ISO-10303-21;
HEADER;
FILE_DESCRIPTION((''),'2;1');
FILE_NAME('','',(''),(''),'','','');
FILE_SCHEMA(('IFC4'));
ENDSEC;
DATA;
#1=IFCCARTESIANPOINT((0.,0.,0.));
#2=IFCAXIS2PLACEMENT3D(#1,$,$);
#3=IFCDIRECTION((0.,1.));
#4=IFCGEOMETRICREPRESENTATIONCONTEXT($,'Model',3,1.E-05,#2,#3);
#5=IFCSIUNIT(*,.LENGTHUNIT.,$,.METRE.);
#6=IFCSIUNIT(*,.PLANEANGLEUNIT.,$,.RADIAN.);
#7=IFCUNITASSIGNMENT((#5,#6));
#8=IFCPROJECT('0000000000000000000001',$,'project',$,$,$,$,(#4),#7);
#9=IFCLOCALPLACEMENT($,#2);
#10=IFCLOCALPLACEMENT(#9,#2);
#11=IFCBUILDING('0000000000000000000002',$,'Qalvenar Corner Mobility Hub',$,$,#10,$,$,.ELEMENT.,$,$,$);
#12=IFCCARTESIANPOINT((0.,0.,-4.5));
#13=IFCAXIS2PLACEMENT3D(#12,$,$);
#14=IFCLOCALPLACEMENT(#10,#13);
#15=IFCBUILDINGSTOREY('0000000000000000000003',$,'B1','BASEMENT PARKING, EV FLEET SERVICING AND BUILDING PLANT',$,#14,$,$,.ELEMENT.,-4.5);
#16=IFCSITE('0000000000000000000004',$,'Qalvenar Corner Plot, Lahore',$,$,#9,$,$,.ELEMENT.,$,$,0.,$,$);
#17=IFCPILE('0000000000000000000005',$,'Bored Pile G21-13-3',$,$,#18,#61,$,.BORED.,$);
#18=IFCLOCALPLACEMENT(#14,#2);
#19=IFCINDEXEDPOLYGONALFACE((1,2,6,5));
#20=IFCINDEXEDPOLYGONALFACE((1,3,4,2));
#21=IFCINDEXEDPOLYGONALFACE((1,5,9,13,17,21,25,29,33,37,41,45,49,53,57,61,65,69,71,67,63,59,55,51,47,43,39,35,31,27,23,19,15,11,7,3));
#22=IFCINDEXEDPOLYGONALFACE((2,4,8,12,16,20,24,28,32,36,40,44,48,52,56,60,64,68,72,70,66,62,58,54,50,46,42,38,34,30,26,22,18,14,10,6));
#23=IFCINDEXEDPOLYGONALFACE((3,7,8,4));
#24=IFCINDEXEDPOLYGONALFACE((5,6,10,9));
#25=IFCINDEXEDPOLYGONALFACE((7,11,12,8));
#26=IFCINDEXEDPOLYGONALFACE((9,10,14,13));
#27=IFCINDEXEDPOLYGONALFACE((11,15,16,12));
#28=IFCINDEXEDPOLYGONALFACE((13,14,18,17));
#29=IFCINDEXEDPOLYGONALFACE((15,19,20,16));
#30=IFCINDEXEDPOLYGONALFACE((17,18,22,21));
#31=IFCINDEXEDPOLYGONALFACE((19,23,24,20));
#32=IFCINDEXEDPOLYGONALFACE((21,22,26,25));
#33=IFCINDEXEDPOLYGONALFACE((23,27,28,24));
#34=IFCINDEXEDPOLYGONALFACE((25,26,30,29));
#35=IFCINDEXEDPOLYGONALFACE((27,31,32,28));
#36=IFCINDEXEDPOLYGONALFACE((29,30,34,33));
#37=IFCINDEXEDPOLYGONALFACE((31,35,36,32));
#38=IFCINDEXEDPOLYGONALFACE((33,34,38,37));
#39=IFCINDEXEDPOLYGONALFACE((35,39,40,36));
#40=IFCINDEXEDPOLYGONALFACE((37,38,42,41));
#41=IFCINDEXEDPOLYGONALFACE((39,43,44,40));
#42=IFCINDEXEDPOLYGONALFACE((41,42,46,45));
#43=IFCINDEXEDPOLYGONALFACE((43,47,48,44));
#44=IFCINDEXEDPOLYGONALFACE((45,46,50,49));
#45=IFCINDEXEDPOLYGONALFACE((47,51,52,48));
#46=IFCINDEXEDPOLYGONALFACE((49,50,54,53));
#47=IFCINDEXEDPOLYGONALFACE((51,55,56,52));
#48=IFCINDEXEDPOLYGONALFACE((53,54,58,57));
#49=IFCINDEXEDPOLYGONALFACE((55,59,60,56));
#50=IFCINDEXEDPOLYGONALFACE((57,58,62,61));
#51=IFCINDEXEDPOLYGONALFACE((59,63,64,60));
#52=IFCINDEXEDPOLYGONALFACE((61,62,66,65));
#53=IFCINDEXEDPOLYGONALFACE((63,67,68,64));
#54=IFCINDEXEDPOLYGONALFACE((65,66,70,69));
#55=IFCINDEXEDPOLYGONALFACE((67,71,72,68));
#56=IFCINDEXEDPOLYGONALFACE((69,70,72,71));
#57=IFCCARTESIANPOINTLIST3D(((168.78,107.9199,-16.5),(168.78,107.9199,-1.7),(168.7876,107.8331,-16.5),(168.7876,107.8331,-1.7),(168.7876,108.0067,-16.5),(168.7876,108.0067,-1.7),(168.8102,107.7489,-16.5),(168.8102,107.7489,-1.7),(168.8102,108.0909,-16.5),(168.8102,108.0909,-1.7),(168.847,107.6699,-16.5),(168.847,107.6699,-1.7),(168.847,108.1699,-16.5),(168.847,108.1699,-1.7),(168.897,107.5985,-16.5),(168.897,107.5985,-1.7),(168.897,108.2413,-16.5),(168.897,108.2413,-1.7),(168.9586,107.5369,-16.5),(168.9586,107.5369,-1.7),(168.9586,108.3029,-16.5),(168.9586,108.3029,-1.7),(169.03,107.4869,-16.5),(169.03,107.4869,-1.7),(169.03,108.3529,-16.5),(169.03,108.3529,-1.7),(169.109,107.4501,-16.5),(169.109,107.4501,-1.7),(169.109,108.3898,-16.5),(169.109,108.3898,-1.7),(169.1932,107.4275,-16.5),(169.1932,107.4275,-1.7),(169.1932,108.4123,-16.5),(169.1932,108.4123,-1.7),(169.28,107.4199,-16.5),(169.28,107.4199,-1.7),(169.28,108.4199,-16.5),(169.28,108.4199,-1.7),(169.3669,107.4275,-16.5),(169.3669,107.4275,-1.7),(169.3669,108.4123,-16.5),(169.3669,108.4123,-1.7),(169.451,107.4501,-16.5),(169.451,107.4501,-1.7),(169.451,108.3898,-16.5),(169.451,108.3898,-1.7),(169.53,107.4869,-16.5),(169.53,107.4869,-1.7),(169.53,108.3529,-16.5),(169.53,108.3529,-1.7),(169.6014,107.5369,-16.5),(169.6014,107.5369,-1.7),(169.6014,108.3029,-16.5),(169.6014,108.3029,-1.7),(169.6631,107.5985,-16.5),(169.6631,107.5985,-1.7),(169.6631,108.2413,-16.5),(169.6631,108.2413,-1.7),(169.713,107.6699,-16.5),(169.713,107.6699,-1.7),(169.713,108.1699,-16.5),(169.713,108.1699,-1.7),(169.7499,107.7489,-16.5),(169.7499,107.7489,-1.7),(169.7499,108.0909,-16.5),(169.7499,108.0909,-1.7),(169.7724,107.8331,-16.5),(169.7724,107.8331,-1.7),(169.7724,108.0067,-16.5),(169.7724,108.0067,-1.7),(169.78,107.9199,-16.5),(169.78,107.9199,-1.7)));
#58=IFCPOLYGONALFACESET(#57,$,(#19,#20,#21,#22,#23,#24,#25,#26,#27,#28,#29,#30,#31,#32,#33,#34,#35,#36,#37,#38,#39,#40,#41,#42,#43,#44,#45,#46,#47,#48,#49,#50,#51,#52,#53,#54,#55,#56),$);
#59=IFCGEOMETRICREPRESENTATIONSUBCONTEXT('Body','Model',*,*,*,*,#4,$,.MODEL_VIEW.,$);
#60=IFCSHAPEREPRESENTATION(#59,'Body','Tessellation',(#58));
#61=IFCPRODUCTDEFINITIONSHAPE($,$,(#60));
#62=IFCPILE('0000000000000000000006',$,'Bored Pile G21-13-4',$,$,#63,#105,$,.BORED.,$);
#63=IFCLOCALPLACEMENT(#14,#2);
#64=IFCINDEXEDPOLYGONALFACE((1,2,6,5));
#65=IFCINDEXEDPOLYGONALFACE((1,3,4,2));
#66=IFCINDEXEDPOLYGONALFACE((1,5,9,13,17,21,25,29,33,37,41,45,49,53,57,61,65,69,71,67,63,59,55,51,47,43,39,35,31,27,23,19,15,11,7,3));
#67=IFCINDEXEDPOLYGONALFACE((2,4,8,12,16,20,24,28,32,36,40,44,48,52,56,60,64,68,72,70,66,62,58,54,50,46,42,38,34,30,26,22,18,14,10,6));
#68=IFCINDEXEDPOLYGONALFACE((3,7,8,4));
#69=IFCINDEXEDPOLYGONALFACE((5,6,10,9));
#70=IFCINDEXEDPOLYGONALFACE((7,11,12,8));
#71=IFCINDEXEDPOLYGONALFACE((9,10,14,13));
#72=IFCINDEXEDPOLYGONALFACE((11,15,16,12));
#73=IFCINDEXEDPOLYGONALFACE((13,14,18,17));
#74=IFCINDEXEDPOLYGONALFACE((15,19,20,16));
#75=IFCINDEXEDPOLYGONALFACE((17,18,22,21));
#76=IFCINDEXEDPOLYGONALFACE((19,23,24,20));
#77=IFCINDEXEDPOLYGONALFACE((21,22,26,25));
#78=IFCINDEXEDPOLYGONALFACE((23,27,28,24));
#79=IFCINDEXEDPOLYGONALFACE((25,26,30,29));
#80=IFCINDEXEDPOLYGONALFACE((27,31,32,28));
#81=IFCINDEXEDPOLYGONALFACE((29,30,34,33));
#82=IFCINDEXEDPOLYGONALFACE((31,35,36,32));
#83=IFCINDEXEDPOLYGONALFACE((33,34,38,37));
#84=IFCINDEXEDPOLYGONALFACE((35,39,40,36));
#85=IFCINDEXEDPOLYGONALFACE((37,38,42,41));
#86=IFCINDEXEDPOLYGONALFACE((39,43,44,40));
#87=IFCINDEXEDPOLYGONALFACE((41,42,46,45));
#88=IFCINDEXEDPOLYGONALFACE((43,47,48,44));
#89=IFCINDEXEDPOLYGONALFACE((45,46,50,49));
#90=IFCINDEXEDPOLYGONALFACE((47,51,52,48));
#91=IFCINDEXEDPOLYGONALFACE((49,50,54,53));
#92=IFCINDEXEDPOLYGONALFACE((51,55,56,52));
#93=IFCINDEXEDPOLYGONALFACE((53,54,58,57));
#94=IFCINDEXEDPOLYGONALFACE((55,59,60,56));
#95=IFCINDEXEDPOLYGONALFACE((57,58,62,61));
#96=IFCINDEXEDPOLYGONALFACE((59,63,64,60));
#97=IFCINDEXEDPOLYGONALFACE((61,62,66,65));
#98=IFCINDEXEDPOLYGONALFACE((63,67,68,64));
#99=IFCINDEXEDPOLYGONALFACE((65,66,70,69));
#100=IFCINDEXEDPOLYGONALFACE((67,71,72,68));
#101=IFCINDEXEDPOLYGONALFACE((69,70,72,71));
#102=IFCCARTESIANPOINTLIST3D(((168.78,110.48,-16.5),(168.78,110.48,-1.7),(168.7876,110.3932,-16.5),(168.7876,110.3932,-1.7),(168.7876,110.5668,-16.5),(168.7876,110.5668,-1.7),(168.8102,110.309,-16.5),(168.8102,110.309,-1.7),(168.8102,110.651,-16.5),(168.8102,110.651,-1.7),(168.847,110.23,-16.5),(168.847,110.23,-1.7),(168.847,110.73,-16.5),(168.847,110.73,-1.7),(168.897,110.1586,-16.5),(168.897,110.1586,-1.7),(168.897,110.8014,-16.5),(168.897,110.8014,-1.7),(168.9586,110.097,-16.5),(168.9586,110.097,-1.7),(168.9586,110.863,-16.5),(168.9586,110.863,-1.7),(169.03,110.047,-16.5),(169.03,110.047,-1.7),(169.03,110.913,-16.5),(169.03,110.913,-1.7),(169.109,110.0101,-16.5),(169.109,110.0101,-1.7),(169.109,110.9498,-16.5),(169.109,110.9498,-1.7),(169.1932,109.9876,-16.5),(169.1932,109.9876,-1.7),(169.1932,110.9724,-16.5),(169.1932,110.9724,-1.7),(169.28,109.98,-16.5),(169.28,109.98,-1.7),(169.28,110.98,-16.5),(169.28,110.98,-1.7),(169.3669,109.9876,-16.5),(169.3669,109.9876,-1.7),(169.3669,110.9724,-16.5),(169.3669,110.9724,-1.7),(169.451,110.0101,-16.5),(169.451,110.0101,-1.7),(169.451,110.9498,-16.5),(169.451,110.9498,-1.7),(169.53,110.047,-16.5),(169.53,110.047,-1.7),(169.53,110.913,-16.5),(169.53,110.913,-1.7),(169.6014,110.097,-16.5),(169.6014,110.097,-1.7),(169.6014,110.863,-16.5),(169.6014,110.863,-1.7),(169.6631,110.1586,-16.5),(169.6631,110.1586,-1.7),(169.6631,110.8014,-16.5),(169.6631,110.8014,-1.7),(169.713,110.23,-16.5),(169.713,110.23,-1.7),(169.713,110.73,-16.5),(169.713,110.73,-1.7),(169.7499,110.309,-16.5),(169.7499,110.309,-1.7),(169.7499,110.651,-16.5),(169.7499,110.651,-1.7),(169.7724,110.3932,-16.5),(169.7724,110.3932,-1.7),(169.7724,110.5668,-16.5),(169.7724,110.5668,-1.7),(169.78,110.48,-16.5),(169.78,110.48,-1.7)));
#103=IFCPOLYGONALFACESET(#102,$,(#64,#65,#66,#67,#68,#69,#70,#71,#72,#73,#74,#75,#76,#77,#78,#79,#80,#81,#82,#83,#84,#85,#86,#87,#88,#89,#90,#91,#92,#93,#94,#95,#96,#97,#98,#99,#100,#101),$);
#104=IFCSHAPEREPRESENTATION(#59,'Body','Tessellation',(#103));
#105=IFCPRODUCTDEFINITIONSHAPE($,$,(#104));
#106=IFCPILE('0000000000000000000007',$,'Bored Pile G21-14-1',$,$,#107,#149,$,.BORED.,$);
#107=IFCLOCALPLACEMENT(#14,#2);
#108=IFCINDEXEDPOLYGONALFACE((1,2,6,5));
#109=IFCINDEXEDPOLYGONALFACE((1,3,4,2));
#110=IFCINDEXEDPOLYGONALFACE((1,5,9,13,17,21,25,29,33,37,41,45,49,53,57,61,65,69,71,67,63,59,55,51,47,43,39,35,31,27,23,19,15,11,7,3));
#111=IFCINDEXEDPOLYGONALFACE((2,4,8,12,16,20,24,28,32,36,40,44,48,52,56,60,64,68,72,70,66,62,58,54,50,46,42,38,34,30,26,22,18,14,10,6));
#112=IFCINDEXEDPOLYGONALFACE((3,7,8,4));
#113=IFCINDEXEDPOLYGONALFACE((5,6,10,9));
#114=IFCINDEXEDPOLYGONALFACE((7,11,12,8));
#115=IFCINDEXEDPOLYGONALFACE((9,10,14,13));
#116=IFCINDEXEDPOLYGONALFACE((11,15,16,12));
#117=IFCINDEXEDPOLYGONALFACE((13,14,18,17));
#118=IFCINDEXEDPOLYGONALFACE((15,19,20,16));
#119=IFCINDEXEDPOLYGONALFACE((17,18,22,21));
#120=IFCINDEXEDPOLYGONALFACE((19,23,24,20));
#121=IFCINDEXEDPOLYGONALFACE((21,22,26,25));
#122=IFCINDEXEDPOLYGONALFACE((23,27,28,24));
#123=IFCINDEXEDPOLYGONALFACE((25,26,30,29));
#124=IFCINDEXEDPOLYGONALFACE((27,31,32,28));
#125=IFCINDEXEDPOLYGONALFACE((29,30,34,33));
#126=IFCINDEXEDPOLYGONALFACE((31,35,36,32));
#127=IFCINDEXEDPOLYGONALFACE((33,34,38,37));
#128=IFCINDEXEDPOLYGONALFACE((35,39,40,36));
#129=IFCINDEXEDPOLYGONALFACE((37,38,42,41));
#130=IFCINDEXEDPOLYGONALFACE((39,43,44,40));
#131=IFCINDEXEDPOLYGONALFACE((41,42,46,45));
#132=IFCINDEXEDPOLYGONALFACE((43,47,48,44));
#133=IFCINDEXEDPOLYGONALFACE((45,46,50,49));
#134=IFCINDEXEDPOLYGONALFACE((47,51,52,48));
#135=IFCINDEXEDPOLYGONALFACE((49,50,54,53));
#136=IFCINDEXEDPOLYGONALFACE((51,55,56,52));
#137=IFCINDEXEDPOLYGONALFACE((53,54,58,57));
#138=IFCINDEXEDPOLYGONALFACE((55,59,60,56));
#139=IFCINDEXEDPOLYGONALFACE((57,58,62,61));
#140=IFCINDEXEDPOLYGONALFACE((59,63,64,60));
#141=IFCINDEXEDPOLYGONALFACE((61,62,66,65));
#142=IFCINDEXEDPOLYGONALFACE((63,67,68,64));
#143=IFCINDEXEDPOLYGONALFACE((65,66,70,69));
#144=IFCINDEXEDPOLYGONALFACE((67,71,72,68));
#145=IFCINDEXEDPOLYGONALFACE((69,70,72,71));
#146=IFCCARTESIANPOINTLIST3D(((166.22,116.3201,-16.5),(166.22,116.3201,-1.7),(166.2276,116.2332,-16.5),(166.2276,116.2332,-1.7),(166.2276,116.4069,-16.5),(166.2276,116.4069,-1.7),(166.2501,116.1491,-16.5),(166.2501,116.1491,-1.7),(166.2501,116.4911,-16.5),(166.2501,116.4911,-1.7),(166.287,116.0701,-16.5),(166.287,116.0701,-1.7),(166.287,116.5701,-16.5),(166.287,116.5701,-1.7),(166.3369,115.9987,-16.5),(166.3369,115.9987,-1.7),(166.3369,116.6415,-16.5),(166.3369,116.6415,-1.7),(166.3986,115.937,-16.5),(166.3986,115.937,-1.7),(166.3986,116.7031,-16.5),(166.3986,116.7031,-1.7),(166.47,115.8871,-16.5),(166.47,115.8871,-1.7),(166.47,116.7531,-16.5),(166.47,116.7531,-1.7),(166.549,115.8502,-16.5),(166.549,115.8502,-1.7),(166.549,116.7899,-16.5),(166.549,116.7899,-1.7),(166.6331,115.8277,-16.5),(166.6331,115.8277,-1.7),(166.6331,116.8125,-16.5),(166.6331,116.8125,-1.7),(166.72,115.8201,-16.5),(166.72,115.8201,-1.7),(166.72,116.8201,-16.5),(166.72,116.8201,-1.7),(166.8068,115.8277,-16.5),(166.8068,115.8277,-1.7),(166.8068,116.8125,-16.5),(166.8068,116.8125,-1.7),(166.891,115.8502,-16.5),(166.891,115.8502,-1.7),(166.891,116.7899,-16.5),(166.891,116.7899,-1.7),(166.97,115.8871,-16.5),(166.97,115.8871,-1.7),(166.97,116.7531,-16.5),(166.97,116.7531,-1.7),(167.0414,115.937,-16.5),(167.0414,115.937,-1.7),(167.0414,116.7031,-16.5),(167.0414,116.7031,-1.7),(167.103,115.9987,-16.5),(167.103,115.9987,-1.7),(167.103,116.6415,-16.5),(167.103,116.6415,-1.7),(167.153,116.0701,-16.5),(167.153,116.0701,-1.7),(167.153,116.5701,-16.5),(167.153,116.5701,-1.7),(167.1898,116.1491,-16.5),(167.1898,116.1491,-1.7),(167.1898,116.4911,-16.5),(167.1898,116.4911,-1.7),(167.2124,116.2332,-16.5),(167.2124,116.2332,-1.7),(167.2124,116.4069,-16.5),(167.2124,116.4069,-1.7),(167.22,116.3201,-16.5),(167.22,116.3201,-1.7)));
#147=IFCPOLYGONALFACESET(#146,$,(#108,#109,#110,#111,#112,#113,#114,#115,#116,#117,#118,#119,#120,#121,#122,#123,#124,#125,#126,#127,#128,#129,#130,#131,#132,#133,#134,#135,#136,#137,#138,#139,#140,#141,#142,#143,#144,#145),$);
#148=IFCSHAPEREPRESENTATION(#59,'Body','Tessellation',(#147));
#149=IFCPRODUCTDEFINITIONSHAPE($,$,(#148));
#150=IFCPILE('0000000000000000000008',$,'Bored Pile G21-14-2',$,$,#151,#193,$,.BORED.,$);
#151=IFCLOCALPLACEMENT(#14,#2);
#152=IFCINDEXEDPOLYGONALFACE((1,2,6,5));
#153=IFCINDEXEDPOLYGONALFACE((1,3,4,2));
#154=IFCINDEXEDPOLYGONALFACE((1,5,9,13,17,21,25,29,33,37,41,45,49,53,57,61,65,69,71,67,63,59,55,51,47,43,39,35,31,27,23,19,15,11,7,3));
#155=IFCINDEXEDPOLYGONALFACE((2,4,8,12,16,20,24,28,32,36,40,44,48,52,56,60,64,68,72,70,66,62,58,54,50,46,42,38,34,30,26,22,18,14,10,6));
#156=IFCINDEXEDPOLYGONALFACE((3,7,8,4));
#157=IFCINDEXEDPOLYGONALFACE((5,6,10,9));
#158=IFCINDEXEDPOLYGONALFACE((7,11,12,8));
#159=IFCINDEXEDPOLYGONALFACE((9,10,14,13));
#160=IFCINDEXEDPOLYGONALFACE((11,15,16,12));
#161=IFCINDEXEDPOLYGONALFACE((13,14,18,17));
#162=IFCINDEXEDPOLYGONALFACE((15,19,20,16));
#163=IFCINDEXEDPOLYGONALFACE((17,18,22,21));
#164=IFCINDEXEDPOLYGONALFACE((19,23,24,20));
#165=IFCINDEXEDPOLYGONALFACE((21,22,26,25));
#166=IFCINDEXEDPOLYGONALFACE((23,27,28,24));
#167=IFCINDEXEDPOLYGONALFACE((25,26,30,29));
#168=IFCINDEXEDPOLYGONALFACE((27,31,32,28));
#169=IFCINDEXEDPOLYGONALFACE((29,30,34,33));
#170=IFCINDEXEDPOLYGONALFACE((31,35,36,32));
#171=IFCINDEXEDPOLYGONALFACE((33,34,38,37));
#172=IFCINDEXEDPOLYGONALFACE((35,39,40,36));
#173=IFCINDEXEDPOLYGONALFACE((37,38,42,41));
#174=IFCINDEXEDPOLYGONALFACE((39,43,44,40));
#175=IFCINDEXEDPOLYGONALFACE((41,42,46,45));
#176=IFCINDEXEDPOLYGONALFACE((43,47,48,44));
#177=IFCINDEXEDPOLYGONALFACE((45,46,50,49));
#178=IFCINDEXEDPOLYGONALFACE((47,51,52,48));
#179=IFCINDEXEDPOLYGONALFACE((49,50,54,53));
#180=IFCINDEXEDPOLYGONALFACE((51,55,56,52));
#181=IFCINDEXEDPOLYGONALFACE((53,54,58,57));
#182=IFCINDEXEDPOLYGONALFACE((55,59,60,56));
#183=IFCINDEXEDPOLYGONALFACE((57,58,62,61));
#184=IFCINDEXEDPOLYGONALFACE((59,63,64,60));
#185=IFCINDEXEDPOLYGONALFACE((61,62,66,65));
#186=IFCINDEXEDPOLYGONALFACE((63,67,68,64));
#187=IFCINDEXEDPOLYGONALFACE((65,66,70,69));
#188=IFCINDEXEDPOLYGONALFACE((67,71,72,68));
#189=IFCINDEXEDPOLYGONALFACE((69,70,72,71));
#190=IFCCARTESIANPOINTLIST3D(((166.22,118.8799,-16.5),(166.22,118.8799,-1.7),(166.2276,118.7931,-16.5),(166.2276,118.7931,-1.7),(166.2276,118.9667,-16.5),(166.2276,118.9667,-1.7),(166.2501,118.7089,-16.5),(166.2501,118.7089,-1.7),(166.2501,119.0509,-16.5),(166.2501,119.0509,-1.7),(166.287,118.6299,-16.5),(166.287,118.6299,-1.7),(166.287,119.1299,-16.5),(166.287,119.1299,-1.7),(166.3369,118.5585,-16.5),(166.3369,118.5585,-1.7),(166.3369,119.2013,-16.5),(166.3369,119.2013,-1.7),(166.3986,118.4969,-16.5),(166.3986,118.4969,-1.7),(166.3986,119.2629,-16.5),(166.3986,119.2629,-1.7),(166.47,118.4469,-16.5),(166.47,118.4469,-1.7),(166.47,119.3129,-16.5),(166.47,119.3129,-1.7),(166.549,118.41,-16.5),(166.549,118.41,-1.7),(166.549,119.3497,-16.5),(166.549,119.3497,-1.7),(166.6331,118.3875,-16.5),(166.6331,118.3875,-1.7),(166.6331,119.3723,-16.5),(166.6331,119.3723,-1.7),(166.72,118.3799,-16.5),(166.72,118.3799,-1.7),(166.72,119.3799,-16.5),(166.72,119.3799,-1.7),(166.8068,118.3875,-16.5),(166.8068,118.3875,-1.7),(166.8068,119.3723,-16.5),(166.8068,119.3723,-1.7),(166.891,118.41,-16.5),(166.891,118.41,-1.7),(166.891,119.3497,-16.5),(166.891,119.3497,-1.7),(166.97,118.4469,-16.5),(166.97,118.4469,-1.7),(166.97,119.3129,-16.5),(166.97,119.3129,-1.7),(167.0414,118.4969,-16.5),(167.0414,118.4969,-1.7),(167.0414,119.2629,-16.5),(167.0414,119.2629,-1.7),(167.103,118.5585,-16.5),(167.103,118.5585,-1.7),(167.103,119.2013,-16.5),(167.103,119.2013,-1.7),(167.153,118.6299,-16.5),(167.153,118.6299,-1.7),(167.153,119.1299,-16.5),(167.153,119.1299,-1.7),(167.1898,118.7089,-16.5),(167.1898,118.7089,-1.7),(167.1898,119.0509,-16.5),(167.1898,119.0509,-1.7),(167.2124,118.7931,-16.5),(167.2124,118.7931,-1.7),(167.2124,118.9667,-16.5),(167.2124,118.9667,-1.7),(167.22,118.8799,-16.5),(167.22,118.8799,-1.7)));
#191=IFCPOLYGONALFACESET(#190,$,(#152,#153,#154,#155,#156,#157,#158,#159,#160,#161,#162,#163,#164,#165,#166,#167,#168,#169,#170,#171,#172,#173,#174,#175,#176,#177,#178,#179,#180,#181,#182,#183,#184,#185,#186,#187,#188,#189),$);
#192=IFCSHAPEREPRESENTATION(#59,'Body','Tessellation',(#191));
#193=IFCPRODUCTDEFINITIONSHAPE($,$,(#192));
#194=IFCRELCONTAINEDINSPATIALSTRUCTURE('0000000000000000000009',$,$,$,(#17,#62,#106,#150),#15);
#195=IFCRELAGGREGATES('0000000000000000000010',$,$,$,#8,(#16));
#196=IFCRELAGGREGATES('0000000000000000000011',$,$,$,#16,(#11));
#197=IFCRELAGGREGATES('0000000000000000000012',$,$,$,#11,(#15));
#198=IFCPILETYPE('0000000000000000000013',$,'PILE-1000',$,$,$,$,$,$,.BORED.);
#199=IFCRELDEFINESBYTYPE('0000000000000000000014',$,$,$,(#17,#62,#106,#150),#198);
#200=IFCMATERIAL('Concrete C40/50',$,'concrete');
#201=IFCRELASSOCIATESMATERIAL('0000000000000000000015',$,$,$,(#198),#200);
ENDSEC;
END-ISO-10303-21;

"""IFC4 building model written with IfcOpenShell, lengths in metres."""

from ifc_helpers import new_model, si_unit, direction, frame, origin, origin_2d, place, context, subcontext, project, spatial, circle, extrude, material, material_profile, profile_set, type_object, element, save


model = new_model("IFC4")

# Units and contexts
model_context = context("Model", 3, precision=1e-05, world=origin(), true_north=direction((0.0, 1.0)))
body_context = subcontext(model_context, "Body", "Model", "MODEL_VIEW")
ifc_project = project(units=[si_unit("LENGTHUNIT", "METRE"), si_unit("PLANEANGLEUNIT", "RADIAN")], contexts=[model_context])

# Site, building, storey
site_placement = place(None, origin())
site = spatial("IfcSite", under=ifc_project, at=site_placement, Name="Qalvenar Corner Plot, Lahore", CompositionType="ELEMENT", RefElevation=0.0)
building_placement = place(site_placement, origin())
building = spatial("IfcBuilding", under=site, at=building_placement, Name="Qalvenar Corner Mobility Hub", CompositionType="ELEMENT")
storey_placement = place(building_placement, frame((0.0, 0.0, -4.5)))
storey = spatial("IfcBuildingStorey", under=building, at=storey_placement, Name="B1", Description="BASEMENT PARKING, EV FLEET SERVICING AND BUILDING PLANT", CompositionType="ELEMENT", Elevation=-4.5)

# Shared definitions
ifc_material_1 = material(Name="Concrete C40/50", Category="concrete")

# Piles
ifc_material_profile_1 = material_profile(ifc_material_1, circle(Radius=0.5, at=origin_2d()), Name="DIA1000")
ifc_profile_set_1 = profile_set([ifc_material_profile_1], Name="Concrete C40/50")
pile_type = type_object("IfcPileType", Name="PILE-1000", PredefinedType="BORED", material=ifc_profile_set_1)
for number, where, z_axis, x_axis, name in (
    (1, (169.28, 107.9199, -1.7), (0.0, 0.0, -1.0), (1.0, 0.0, 0.0), "Bored Pile G21-13-3"),
    (2, (169.28, 110.48, -1.7), (0.0, 0.0, -1.0), (1.0, 0.0, 0.0), "Bored Pile G21-13-4"),
    (3, (166.72, 116.3201, -1.7), (0.0, 0.0, -1.0), (1.0, 0.0, 0.0), "Bored Pile G21-14-1"),
    (4, (166.72, 118.8799, -1.7), (0.0, 0.0, -1.0), (1.0, 0.0, 0.0), "Bored Pile G21-14-2"),
):
    element("IfcPile", number, at=place(storey_placement, frame(where, z_axis=z_axis, x_axis=x_axis)), inside=storey, type_object=pile_type, Name=name, PredefinedType="BORED", context=body_context, shape_type="SweptSolid", body=[
        extrude(circle(Radius=0.5, at=origin_2d()), origin(), (0.0, 0.0, 1.0), 14.8),
    ])

save(model, "model.ifc")
